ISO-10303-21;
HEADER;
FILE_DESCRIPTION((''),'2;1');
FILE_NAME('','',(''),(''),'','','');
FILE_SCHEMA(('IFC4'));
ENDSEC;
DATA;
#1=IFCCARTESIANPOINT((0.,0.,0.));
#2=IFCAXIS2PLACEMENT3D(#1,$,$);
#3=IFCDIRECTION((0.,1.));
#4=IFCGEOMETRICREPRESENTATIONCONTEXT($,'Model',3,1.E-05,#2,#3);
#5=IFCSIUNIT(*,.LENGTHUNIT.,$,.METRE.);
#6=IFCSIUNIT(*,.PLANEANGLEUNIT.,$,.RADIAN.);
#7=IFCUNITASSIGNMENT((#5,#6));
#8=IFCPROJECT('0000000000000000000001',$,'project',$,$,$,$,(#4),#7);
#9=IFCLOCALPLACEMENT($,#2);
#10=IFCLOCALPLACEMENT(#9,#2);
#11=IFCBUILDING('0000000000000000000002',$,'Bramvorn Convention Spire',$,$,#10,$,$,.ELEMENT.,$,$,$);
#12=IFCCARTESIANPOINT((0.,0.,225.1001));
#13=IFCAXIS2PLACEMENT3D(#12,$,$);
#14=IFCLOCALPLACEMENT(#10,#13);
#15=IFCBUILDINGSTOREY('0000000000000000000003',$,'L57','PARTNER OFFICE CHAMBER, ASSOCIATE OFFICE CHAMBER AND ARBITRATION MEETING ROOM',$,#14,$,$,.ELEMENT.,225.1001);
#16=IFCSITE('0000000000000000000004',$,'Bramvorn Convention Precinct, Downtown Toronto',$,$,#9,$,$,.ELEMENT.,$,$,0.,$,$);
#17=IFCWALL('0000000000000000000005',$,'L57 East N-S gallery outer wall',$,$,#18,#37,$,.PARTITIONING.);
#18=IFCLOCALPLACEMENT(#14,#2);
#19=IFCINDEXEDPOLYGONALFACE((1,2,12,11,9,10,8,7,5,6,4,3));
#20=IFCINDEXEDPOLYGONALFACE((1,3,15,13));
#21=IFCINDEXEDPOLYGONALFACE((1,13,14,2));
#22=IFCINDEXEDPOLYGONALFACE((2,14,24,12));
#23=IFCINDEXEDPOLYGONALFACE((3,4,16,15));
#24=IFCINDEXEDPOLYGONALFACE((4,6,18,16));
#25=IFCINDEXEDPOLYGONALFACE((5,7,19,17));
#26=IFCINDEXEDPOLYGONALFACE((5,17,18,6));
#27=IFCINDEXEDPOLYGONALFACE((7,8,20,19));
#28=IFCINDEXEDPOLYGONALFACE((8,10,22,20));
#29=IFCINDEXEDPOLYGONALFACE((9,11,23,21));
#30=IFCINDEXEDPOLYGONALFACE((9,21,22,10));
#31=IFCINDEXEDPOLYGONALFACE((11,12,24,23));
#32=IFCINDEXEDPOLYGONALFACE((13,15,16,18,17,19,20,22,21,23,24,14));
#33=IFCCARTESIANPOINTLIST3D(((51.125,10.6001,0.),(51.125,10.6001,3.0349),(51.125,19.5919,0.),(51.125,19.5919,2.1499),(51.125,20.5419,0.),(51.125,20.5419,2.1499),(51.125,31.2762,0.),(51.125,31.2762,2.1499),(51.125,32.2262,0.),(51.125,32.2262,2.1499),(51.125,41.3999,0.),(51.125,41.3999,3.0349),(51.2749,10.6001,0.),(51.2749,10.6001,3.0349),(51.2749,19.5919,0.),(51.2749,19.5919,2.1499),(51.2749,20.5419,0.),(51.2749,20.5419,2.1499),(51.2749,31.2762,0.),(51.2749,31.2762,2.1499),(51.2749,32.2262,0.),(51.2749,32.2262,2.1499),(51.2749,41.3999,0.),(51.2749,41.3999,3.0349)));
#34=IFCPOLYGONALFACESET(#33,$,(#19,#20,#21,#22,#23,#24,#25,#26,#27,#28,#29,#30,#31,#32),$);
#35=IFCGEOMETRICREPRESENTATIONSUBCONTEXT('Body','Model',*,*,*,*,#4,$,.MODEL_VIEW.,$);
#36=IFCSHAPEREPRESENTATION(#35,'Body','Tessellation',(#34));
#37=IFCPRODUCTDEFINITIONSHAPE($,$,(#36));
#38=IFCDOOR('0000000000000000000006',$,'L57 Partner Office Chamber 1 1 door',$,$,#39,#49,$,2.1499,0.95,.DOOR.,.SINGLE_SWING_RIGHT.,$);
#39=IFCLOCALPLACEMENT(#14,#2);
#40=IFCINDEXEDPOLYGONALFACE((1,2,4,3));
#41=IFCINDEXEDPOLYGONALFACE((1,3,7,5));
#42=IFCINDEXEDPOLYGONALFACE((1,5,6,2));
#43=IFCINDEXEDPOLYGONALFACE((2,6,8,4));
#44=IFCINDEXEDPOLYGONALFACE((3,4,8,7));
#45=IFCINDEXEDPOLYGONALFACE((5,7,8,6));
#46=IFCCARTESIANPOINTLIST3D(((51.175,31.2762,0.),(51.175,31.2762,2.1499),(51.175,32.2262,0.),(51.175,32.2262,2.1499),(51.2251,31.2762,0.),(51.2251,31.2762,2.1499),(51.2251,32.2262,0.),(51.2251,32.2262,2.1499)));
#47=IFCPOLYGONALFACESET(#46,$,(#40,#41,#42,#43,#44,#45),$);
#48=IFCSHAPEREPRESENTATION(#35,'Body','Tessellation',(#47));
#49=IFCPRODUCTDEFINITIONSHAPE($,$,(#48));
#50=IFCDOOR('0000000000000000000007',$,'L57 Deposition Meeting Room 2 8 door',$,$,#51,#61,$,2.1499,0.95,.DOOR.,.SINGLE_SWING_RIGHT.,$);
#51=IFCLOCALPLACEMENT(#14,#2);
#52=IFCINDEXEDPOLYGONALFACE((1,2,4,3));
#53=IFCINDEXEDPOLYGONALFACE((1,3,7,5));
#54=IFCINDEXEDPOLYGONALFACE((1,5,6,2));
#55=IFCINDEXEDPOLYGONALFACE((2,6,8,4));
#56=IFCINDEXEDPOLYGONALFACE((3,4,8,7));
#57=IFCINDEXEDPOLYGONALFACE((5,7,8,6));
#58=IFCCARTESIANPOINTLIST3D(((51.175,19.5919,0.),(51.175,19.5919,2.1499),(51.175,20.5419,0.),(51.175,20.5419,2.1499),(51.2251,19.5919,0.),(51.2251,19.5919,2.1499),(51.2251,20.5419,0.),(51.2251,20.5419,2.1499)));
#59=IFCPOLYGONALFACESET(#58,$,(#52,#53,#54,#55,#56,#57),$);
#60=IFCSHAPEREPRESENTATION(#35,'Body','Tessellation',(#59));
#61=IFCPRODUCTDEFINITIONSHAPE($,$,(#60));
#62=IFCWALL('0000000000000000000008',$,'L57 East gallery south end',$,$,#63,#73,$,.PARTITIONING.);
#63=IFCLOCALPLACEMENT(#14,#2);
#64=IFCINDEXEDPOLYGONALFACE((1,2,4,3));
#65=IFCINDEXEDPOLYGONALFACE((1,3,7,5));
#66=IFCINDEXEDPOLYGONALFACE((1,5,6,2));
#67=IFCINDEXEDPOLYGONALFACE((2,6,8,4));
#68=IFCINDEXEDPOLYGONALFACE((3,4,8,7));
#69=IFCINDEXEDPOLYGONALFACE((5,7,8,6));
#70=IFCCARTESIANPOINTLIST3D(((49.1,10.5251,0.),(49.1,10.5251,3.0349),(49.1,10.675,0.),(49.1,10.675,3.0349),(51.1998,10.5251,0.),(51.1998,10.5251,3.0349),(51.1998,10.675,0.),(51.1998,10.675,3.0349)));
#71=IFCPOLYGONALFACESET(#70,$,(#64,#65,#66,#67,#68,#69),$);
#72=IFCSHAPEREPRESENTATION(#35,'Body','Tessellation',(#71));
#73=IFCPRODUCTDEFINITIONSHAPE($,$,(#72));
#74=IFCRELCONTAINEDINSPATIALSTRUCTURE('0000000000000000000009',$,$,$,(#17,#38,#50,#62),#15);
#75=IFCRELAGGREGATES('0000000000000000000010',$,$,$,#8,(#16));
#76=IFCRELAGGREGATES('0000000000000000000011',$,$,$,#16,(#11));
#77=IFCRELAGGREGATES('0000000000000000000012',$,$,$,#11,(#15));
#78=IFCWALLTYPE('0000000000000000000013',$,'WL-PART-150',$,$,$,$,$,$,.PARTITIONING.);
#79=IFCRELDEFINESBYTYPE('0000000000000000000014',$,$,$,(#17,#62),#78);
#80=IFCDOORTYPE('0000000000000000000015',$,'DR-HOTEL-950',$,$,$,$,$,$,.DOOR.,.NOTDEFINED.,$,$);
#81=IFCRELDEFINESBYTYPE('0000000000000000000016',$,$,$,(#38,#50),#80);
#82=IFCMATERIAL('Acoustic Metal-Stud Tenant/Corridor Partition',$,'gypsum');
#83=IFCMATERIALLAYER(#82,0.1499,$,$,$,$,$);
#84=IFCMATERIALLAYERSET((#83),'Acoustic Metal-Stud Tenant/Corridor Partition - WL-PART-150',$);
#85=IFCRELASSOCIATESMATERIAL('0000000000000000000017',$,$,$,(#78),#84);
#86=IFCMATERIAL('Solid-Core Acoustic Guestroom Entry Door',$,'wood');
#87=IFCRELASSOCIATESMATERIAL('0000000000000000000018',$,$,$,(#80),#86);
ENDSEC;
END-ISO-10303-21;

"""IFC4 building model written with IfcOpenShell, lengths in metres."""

from ifc_helpers import new_model, si_unit, direction, frame, frame_2d, origin, place, context, subcontext, project, spatial, rectangle, extrude, material, layer, layer_set, type_object, element, fill, save


model = new_model("IFC4")

# Units and contexts
model_context = context("Model", 3, precision=1e-05, world=origin(), true_north=direction((0.0, 1.0)))
body_context = subcontext(model_context, "Body", "Model", "MODEL_VIEW")
ifc_project = project(units=[si_unit("LENGTHUNIT", "METRE"), si_unit("PLANEANGLEUNIT", "RADIAN")], contexts=[model_context])

# Site, building, storey
site_placement = place(None, origin())
site = spatial("IfcSite", under=ifc_project, at=site_placement, Name="Bramvorn Convention Precinct, Downtown Toronto", CompositionType="ELEMENT", RefElevation=0.0)
building_placement = place(site_placement, origin())
building = spatial("IfcBuilding", under=site, at=building_placement, Name="Bramvorn Convention Spire", CompositionType="ELEMENT")
storey_placement = place(building_placement, frame((0.0, 0.0, 225.1001)))
storey = spatial("IfcBuildingStorey", under=building, at=storey_placement, Name="L57", Description="PARTNER OFFICE CHAMBER, ASSOCIATE OFFICE CHAMBER AND ARBITRATION MEETING ROOM", CompositionType="ELEMENT", Elevation=225.1001)

# Wall, openings, doors
ifc_material_1 = material(Name="Acoustic Metal-Stud Tenant/Corridor Partition", Category="gypsum")
ifc_layer_1 = layer(ifc_material_1, 0.1499)
ifc_layer_set_1 = layer_set([ifc_layer_1], Name="Acoustic Metal-Stud Tenant/Corridor Partition - WL-PART-150")
wall_type_1 = type_object("IfcWallType", Name="WL-PART-150", PredefinedType="PARTITIONING", material=ifc_layer_set_1)
wall_1_placement = place(storey_placement, frame((51.2, 10.6001, 0.0), z_axis=(0.0, 0.0, 1.0), x_axis=(0.0, 1.0, 0.0)))
wall_1 = element("IfcWall", 1, at=wall_1_placement, inside=storey, type_object=wall_type_1, Name="L57 East N-S gallery outer wall", PredefinedType="PARTITIONING", context=body_context, shape_type="SweptSolid", body=[
    extrude(rectangle(XDim=30.7998, YDim=0.1499, at=frame_2d((15.3999, 0.0))), origin(), (0.0, 0.0, 1.0), 3.0349),
])
opening_1_placement = place(wall_1_placement, frame((20.676, 0.0, 0.0)))
opening_1 = element("IfcOpeningElement", 2, at=opening_1_placement, cuts=wall_1, PredefinedType="OPENING", context=body_context, shape_type="SweptSolid", body=[
    extrude(rectangle(XDim=0.95, YDim=2.1499, at=frame_2d((0.4751, 1.075))), frame((0.0, 0.085, 0.0), z_axis=(0.0, -1.0, 0.0), x_axis=(1.0, 0.0, 0.0)), (0.0, 0.0, 1.0), 0.1699),
])
opening_2_placement = place(wall_1_placement, frame((8.9917, 0.0, 0.0)))
opening_2 = element("IfcOpeningElement", 3, at=opening_2_placement, cuts=wall_1, PredefinedType="OPENING", context=body_context, shape_type="SweptSolid", body=[
    extrude(rectangle(XDim=0.95, YDim=2.1499, at=frame_2d((0.4751, 1.075))), frame((0.0, 0.085, 0.0), z_axis=(0.0, -1.0, 0.0), x_axis=(1.0, 0.0, 0.0)), (0.0, 0.0, 1.0), 0.1699),
])
ifc_material_2 = material(Name="Solid-Core Acoustic Guestroom Entry Door", Category="wood")
door_type = type_object("IfcDoorType", Name="DR-HOTEL-950", OperationType="NOTDEFINED", PredefinedType="DOOR", material=ifc_material_2)
door_1_placement = place(opening_1_placement, origin())
door_1 = element("IfcDoor", 4, at=door_1_placement, inside=storey, type_object=door_type, Name="L57 Partner Office Chamber 1 1 door", OperationType="SINGLE_SWING_RIGHT", OverallHeight=2.1499, OverallWidth=0.95, PredefinedType="DOOR", context=body_context, shape_type="SweptSolid", body=[
    extrude(rectangle(XDim=0.95, YDim=2.1499, at=frame_2d((0.4751, 1.075))), frame((0.0, 0.0249, 0.0), z_axis=(0.0, -1.0, 0.0), x_axis=(1.0, 0.0, 0.0)), (0.0, 0.0, 1.0), 0.05),
])
fill(opening_1, door_1)
door_2_placement = place(opening_2_placement, origin())
door_2 = element("IfcDoor", 5, at=door_2_placement, inside=storey, type_object=door_type, Name="L57 Deposition Meeting Room 2 8 door", OperationType="SINGLE_SWING_RIGHT", OverallHeight=2.1499, OverallWidth=0.95, PredefinedType="DOOR", context=body_context, shape_type="SweptSolid", body=[
    extrude(rectangle(XDim=0.95, YDim=2.1499, at=frame_2d((0.4751, 1.075))), frame((0.0, 0.0249, 0.0), z_axis=(0.0, -1.0, 0.0), x_axis=(1.0, 0.0, 0.0)), (0.0, 0.0, 1.0), 0.05),
])
fill(opening_2, door_2)

# Wall
wall_2_placement = place(storey_placement, frame((49.1001, 10.6001, 0.0), z_axis=(0.0, 0.0, 1.0), x_axis=(1.0, 0.0, 0.0)))
element("IfcWall", 6, at=wall_2_placement, inside=storey, type_object=wall_type_1, Name="L57 East gallery south end", PredefinedType="PARTITIONING", context=body_context, shape_type="SweptSolid", body=[
    extrude(rectangle(XDim=2.0999, YDim=0.1499, at=frame_2d((1.0498, 0.0))), origin(), (0.0, 0.0, 1.0), 3.0349),
])

save(model, "model.ifc")
